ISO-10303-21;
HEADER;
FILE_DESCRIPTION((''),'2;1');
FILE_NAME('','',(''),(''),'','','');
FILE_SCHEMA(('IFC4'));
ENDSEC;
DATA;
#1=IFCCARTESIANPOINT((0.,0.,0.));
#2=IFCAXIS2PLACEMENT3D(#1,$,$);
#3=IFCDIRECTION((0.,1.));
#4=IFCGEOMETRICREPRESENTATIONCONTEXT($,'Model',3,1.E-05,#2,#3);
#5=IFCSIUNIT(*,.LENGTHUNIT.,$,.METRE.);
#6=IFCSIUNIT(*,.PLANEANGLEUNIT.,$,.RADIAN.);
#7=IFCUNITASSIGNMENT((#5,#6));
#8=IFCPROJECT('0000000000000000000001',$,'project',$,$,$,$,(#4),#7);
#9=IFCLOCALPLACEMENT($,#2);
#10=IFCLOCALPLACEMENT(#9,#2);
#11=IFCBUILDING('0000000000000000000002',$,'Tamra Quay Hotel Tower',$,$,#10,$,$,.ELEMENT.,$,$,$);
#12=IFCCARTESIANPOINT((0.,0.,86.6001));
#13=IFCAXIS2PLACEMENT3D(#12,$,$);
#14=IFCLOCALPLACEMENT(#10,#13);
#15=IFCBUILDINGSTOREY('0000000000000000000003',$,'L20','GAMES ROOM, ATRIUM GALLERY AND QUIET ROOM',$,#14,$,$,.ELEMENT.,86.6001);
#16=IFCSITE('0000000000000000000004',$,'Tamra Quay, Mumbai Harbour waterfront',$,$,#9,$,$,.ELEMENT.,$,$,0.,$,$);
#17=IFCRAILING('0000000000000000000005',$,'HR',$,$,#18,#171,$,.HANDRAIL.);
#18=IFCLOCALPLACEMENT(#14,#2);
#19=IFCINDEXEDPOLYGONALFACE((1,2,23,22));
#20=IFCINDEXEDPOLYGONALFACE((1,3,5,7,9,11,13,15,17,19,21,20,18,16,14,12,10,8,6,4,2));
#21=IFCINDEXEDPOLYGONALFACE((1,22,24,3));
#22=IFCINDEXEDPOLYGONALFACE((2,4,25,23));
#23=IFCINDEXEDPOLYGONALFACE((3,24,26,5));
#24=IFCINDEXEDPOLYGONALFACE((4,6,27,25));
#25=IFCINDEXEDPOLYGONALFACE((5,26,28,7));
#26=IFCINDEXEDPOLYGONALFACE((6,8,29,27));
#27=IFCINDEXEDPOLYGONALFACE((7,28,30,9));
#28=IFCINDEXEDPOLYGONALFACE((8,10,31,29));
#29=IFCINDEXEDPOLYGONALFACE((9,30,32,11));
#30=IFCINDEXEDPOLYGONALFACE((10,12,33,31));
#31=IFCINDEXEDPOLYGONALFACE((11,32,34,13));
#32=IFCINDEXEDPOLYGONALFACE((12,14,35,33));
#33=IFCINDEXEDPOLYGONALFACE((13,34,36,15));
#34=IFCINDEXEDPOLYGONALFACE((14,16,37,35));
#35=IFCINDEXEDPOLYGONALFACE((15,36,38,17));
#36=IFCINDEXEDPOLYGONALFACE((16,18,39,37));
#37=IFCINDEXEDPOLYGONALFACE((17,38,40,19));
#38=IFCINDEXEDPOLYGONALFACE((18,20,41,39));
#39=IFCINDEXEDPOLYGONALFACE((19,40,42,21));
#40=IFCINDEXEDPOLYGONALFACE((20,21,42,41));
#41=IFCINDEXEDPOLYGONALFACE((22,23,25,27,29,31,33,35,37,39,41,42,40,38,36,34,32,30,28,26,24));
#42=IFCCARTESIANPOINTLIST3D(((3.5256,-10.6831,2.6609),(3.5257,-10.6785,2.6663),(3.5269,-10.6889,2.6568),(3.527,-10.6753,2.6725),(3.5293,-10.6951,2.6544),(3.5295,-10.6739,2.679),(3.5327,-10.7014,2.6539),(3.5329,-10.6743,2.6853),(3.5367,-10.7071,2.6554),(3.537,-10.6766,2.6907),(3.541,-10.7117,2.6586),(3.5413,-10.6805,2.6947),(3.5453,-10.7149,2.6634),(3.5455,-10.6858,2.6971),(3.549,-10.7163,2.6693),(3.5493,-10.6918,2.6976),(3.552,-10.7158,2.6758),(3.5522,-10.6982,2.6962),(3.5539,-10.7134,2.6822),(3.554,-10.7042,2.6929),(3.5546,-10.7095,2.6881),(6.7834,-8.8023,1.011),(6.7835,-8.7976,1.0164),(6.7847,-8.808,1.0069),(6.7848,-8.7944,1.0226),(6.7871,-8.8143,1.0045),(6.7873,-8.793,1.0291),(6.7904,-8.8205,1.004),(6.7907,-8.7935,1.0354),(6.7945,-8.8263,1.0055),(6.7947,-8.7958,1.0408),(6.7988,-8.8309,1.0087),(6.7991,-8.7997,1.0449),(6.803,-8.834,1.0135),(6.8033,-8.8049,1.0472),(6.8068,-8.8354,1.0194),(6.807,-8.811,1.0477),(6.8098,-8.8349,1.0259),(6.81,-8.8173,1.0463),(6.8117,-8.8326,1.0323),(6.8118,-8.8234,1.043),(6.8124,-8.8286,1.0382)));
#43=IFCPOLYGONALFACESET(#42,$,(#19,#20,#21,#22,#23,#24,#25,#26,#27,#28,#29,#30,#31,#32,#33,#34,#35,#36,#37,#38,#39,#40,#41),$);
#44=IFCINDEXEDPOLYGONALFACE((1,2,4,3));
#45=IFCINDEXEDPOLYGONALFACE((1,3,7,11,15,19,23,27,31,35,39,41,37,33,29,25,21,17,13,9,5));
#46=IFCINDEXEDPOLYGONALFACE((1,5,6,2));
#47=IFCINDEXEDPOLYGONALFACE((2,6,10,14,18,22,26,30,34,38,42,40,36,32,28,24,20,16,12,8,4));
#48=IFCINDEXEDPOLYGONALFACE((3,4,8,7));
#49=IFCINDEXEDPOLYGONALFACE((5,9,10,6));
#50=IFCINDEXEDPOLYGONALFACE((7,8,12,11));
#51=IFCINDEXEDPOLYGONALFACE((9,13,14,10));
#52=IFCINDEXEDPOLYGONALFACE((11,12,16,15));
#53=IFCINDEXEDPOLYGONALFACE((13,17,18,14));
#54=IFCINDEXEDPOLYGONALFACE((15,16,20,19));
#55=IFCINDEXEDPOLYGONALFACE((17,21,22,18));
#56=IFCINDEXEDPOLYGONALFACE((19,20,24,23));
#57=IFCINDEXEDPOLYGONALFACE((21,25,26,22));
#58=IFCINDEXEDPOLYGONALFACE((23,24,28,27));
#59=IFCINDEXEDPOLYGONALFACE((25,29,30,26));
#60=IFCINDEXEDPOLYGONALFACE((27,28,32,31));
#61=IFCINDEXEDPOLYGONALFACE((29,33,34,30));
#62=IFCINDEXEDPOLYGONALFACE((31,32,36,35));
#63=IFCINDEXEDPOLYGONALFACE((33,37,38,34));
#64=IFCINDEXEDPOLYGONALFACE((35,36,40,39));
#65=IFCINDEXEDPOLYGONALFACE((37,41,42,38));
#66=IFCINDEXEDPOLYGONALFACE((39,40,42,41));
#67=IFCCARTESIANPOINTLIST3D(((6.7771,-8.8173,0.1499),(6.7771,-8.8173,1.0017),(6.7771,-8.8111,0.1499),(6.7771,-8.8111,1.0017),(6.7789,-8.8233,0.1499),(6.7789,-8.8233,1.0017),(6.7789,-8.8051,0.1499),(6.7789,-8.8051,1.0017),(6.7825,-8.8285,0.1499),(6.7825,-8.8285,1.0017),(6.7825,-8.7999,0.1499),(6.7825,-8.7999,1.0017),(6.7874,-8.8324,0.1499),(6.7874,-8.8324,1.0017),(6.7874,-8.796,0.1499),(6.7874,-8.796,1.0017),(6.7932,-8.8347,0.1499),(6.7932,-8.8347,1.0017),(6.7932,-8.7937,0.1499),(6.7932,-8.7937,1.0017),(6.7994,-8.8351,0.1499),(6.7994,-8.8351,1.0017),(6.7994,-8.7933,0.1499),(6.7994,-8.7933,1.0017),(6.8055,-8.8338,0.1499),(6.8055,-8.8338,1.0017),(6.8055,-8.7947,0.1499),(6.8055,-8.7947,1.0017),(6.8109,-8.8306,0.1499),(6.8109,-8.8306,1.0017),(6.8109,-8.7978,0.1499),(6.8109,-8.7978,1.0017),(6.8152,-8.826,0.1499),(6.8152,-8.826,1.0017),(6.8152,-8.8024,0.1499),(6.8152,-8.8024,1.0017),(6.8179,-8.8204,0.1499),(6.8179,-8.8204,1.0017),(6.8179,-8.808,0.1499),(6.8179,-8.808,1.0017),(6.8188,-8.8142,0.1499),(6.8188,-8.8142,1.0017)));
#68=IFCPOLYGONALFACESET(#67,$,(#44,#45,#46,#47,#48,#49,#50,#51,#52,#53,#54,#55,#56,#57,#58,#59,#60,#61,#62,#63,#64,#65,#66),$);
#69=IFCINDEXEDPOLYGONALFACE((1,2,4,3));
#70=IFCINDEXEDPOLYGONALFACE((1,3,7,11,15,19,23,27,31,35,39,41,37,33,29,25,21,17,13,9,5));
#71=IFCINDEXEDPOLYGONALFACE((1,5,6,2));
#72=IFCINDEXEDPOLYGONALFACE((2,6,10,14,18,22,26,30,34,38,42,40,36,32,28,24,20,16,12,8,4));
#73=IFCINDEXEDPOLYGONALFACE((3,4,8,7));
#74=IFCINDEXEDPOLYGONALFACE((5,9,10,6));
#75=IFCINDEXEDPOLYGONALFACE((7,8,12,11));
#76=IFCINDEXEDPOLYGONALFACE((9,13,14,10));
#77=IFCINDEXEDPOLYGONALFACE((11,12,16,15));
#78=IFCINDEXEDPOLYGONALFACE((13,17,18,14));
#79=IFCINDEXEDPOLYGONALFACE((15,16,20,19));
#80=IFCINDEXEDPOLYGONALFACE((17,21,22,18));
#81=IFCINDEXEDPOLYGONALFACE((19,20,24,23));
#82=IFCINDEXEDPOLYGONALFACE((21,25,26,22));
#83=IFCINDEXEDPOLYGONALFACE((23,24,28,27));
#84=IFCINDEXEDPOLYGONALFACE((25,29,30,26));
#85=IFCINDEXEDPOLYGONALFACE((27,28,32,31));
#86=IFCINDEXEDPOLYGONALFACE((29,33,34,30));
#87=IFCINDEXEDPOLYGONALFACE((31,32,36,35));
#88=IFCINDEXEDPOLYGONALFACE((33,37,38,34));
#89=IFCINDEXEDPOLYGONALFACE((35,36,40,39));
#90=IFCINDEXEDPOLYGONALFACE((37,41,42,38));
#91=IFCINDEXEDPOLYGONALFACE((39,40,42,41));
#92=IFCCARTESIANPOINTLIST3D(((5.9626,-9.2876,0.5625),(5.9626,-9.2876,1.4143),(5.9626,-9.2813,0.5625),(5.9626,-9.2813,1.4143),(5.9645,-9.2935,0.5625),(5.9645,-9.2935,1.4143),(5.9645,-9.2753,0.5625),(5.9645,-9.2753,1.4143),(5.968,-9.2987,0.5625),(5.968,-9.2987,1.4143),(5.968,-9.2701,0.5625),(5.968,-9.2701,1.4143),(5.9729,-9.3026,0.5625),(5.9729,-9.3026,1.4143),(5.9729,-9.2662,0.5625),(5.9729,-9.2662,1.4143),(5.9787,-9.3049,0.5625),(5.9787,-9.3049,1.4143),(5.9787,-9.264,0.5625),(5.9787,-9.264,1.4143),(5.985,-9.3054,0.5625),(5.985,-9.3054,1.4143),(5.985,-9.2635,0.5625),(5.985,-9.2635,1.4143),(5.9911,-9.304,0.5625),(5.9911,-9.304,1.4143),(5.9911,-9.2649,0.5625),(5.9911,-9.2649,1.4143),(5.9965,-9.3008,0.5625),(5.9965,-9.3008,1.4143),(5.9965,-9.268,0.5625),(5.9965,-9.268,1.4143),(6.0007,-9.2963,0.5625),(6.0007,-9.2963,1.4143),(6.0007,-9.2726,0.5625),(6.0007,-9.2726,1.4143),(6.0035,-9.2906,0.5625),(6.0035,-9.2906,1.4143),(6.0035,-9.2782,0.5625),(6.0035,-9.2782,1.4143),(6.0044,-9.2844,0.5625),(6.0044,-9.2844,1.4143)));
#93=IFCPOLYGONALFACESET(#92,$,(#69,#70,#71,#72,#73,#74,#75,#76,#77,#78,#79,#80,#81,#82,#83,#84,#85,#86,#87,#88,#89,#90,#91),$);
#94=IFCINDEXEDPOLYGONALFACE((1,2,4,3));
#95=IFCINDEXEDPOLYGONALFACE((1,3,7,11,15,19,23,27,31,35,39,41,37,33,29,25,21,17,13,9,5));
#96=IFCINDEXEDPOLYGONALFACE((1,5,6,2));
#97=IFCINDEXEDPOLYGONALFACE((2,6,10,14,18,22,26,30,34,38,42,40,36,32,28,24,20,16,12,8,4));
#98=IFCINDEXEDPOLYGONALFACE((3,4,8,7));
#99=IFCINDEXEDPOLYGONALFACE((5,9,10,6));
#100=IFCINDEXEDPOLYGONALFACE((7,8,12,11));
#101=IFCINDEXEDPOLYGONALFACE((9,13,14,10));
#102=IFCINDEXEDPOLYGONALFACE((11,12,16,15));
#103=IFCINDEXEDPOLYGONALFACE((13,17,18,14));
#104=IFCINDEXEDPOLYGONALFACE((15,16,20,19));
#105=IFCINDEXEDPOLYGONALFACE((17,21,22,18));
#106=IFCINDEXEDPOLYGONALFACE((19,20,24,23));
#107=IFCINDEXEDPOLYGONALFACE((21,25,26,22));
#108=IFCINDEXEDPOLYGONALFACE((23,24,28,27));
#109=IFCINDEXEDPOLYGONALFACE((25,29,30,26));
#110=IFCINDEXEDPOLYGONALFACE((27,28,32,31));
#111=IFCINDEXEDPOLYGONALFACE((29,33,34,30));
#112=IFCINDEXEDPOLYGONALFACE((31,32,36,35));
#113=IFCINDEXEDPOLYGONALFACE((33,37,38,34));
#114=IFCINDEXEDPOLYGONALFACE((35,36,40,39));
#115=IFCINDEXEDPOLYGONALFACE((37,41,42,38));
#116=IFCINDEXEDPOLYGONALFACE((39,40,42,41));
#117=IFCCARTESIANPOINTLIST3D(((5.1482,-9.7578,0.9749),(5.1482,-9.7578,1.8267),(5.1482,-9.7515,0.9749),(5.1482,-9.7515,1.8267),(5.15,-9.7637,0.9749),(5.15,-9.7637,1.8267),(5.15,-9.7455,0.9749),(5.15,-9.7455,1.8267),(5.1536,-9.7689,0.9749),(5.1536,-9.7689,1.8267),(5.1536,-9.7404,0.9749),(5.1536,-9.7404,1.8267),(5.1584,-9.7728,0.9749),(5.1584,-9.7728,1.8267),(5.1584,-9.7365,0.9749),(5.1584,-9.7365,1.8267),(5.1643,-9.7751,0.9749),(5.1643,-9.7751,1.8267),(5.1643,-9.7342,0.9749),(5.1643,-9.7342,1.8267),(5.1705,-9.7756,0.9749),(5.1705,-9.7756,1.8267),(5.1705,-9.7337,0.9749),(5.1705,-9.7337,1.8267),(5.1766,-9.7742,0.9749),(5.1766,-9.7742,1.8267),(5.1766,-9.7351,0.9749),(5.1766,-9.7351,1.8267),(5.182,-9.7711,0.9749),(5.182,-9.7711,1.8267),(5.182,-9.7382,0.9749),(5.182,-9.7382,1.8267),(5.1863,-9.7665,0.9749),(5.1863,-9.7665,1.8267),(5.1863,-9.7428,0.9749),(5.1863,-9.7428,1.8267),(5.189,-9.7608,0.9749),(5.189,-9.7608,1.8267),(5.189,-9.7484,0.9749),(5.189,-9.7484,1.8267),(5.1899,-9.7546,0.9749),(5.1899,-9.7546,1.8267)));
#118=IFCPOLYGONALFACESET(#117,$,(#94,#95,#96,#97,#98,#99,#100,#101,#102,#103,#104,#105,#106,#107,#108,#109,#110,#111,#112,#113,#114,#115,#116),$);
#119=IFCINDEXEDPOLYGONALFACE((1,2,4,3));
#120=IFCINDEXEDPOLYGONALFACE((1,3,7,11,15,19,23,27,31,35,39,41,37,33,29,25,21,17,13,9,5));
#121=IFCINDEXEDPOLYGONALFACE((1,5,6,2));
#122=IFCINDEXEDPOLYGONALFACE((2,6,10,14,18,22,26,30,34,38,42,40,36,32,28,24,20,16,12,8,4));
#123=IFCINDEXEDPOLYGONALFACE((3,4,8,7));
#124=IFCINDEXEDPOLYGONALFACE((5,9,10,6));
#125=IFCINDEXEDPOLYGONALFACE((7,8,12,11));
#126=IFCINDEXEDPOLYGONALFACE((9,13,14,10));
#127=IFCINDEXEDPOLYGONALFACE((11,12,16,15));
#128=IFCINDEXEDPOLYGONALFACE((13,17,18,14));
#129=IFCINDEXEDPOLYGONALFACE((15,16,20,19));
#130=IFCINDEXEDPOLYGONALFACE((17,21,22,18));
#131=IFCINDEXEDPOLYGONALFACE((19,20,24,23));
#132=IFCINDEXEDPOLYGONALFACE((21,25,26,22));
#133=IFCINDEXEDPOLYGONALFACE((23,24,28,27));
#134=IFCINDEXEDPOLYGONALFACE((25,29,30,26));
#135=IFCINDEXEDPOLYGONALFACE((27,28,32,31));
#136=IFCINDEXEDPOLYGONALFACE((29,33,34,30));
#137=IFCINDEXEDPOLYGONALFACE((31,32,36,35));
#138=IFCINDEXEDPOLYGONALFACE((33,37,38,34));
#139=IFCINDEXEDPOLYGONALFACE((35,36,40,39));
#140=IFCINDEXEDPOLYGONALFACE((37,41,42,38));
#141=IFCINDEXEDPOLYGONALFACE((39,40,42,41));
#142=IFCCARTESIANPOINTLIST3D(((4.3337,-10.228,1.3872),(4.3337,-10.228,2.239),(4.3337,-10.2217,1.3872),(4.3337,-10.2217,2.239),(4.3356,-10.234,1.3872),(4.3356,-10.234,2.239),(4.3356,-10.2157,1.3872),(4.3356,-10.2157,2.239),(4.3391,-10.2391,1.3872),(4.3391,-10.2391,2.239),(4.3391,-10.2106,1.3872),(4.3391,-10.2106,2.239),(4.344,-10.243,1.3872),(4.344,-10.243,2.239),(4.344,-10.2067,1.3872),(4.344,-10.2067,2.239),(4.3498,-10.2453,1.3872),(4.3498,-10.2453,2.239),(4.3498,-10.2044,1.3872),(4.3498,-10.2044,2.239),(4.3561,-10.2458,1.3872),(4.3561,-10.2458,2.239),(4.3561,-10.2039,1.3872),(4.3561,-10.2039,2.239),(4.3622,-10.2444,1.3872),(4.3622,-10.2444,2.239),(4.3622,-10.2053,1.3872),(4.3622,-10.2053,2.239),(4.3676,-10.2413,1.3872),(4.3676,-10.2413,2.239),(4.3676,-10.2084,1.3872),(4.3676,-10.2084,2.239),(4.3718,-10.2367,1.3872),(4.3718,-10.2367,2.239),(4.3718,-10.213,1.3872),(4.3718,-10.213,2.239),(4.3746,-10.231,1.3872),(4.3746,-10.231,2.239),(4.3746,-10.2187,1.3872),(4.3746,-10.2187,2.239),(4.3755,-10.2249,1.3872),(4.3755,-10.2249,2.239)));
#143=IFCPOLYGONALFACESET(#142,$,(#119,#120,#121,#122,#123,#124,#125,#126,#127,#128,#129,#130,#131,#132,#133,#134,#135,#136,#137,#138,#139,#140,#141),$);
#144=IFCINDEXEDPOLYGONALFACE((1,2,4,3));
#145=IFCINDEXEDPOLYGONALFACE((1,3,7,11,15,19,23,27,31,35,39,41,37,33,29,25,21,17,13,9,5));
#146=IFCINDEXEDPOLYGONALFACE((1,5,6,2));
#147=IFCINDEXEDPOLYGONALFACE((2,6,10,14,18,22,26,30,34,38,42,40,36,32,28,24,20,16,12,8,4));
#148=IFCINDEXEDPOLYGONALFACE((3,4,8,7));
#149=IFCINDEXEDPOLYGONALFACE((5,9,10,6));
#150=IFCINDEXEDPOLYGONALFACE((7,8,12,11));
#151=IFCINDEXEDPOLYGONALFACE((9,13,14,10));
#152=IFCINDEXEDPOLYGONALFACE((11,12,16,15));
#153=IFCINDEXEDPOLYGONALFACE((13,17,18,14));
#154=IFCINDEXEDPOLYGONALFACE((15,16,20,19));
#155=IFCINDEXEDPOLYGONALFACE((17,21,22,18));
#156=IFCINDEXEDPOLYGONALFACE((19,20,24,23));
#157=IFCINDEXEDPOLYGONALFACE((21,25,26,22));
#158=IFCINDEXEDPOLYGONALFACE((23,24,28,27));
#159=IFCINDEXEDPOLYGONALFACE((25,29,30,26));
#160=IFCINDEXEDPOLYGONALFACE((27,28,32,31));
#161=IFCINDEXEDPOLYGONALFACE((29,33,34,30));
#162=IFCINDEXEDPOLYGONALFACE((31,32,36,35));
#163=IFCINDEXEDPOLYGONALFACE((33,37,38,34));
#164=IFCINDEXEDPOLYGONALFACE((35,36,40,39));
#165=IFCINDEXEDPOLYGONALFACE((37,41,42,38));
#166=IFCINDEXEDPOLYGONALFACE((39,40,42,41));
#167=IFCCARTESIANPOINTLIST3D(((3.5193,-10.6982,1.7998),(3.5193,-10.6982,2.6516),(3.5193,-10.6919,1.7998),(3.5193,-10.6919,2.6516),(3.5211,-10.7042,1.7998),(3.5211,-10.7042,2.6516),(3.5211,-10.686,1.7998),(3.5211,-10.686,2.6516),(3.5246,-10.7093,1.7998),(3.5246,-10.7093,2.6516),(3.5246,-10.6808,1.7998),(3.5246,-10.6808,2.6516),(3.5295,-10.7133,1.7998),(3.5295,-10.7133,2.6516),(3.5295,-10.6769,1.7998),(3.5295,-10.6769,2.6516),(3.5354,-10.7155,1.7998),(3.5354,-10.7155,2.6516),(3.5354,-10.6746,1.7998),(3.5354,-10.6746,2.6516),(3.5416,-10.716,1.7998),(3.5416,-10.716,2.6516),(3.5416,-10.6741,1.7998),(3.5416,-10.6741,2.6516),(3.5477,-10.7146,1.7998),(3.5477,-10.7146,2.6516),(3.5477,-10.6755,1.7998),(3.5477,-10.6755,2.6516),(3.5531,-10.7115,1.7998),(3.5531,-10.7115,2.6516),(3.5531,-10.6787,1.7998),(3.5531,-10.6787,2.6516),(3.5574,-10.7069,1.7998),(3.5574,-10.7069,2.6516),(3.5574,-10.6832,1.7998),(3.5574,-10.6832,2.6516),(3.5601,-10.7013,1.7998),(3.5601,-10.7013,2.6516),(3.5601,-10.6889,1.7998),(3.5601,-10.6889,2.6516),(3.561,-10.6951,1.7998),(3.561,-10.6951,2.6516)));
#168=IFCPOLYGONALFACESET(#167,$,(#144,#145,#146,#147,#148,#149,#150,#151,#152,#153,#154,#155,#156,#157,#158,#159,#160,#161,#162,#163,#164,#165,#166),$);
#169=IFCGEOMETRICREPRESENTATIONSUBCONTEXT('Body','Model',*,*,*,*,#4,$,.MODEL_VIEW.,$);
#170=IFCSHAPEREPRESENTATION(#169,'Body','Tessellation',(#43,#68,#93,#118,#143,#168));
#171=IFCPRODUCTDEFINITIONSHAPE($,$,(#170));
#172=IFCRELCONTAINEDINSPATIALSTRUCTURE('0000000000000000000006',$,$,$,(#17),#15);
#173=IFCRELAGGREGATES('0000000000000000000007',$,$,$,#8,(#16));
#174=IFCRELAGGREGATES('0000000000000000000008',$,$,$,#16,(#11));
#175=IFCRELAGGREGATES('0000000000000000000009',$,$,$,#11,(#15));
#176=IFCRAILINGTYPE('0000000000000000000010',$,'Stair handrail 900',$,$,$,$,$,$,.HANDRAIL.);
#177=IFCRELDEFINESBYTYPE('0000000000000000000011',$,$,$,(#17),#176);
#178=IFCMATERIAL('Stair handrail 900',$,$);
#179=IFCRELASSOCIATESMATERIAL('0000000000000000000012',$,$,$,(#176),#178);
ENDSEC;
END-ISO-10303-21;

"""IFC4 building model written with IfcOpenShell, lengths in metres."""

from ifc_helpers import new_model, si_unit, direction, frame, origin, origin_2d, place, context, subcontext, project, spatial, circle, extrude, material, type_object, element, save


model = new_model("IFC4")

# Units and contexts
model_context = context("Model", 3, precision=1e-05, world=origin(), true_north=direction((0.0, 1.0)))
body_context = subcontext(model_context, "Body", "Model", "MODEL_VIEW")
ifc_project = project(units=[si_unit("LENGTHUNIT", "METRE"), si_unit("PLANEANGLEUNIT", "RADIAN")], contexts=[model_context])

# Site, building, storey
site_placement = place(None, origin())
site = spatial("IfcSite", under=ifc_project, at=site_placement, Name="Tamra Quay, Mumbai Harbour waterfront", CompositionType="ELEMENT", RefElevation=0.0)
building_placement = place(site_placement, origin())
building = spatial("IfcBuilding", under=site, at=building_placement, Name="Tamra Quay Hotel Tower", CompositionType="ELEMENT")
storey_placement = place(building_placement, frame((0.0, 0.0, 86.6001)))
storey = spatial("IfcBuildingStorey", under=building, at=storey_placement, Name="L20", Description="GAMES ROOM, ATRIUM GALLERY AND QUIET ROOM", CompositionType="ELEMENT", Elevation=86.6001)

# Railing
ifc_material_1 = material(Name="Stair handrail 900")
railing_type_1 = type_object("IfcRailingType", Name="Stair handrail 900", PredefinedType="HANDRAIL", material=ifc_material_1)
railing_1_placement = place(storey_placement, frame((6.7979, -8.8142, 0.1499)))
element("IfcRailing", 1, at=railing_1_placement, inside=storey, type_object=railing_type_1, Name="HR", PredefinedType="HANDRAIL", context=body_context, shape_type="SweptSolid", body=[
    extrude(circle(Radius=0.0239, at=origin_2d()), frame((0.0, 0.0, 0.876), z_axis=(-0.7931, -0.457887, 0.401661), x_axis=(0.499992, -0.86603, 0.0)), (0.0, 0.0, 1.0), 4.1077),
    extrude(circle(Radius=0.021, at=origin_2d()), origin(), (0.0, 0.0, 1.0), 0.8518),
    extrude(circle(Radius=0.021, at=origin_2d()), frame((-0.8145, -0.4702, 0.4126)), (0.0, 0.0, 1.0), 0.8518),
    extrude(circle(Radius=0.021, at=origin_2d()), frame((-1.6289, -0.9404, 0.825)), (0.0, 0.0, 1.0), 0.8518),
    extrude(circle(Radius=0.021, at=origin_2d()), frame((-2.4434, -1.4106, 1.2373)), (0.0, 0.0, 1.0), 0.8518),
    extrude(circle(Radius=0.021, at=origin_2d()), frame((-3.2578, -1.8809, 1.6499)), (0.0, 0.0, 1.0), 0.8518),
])

save(model, "model.ifc")
